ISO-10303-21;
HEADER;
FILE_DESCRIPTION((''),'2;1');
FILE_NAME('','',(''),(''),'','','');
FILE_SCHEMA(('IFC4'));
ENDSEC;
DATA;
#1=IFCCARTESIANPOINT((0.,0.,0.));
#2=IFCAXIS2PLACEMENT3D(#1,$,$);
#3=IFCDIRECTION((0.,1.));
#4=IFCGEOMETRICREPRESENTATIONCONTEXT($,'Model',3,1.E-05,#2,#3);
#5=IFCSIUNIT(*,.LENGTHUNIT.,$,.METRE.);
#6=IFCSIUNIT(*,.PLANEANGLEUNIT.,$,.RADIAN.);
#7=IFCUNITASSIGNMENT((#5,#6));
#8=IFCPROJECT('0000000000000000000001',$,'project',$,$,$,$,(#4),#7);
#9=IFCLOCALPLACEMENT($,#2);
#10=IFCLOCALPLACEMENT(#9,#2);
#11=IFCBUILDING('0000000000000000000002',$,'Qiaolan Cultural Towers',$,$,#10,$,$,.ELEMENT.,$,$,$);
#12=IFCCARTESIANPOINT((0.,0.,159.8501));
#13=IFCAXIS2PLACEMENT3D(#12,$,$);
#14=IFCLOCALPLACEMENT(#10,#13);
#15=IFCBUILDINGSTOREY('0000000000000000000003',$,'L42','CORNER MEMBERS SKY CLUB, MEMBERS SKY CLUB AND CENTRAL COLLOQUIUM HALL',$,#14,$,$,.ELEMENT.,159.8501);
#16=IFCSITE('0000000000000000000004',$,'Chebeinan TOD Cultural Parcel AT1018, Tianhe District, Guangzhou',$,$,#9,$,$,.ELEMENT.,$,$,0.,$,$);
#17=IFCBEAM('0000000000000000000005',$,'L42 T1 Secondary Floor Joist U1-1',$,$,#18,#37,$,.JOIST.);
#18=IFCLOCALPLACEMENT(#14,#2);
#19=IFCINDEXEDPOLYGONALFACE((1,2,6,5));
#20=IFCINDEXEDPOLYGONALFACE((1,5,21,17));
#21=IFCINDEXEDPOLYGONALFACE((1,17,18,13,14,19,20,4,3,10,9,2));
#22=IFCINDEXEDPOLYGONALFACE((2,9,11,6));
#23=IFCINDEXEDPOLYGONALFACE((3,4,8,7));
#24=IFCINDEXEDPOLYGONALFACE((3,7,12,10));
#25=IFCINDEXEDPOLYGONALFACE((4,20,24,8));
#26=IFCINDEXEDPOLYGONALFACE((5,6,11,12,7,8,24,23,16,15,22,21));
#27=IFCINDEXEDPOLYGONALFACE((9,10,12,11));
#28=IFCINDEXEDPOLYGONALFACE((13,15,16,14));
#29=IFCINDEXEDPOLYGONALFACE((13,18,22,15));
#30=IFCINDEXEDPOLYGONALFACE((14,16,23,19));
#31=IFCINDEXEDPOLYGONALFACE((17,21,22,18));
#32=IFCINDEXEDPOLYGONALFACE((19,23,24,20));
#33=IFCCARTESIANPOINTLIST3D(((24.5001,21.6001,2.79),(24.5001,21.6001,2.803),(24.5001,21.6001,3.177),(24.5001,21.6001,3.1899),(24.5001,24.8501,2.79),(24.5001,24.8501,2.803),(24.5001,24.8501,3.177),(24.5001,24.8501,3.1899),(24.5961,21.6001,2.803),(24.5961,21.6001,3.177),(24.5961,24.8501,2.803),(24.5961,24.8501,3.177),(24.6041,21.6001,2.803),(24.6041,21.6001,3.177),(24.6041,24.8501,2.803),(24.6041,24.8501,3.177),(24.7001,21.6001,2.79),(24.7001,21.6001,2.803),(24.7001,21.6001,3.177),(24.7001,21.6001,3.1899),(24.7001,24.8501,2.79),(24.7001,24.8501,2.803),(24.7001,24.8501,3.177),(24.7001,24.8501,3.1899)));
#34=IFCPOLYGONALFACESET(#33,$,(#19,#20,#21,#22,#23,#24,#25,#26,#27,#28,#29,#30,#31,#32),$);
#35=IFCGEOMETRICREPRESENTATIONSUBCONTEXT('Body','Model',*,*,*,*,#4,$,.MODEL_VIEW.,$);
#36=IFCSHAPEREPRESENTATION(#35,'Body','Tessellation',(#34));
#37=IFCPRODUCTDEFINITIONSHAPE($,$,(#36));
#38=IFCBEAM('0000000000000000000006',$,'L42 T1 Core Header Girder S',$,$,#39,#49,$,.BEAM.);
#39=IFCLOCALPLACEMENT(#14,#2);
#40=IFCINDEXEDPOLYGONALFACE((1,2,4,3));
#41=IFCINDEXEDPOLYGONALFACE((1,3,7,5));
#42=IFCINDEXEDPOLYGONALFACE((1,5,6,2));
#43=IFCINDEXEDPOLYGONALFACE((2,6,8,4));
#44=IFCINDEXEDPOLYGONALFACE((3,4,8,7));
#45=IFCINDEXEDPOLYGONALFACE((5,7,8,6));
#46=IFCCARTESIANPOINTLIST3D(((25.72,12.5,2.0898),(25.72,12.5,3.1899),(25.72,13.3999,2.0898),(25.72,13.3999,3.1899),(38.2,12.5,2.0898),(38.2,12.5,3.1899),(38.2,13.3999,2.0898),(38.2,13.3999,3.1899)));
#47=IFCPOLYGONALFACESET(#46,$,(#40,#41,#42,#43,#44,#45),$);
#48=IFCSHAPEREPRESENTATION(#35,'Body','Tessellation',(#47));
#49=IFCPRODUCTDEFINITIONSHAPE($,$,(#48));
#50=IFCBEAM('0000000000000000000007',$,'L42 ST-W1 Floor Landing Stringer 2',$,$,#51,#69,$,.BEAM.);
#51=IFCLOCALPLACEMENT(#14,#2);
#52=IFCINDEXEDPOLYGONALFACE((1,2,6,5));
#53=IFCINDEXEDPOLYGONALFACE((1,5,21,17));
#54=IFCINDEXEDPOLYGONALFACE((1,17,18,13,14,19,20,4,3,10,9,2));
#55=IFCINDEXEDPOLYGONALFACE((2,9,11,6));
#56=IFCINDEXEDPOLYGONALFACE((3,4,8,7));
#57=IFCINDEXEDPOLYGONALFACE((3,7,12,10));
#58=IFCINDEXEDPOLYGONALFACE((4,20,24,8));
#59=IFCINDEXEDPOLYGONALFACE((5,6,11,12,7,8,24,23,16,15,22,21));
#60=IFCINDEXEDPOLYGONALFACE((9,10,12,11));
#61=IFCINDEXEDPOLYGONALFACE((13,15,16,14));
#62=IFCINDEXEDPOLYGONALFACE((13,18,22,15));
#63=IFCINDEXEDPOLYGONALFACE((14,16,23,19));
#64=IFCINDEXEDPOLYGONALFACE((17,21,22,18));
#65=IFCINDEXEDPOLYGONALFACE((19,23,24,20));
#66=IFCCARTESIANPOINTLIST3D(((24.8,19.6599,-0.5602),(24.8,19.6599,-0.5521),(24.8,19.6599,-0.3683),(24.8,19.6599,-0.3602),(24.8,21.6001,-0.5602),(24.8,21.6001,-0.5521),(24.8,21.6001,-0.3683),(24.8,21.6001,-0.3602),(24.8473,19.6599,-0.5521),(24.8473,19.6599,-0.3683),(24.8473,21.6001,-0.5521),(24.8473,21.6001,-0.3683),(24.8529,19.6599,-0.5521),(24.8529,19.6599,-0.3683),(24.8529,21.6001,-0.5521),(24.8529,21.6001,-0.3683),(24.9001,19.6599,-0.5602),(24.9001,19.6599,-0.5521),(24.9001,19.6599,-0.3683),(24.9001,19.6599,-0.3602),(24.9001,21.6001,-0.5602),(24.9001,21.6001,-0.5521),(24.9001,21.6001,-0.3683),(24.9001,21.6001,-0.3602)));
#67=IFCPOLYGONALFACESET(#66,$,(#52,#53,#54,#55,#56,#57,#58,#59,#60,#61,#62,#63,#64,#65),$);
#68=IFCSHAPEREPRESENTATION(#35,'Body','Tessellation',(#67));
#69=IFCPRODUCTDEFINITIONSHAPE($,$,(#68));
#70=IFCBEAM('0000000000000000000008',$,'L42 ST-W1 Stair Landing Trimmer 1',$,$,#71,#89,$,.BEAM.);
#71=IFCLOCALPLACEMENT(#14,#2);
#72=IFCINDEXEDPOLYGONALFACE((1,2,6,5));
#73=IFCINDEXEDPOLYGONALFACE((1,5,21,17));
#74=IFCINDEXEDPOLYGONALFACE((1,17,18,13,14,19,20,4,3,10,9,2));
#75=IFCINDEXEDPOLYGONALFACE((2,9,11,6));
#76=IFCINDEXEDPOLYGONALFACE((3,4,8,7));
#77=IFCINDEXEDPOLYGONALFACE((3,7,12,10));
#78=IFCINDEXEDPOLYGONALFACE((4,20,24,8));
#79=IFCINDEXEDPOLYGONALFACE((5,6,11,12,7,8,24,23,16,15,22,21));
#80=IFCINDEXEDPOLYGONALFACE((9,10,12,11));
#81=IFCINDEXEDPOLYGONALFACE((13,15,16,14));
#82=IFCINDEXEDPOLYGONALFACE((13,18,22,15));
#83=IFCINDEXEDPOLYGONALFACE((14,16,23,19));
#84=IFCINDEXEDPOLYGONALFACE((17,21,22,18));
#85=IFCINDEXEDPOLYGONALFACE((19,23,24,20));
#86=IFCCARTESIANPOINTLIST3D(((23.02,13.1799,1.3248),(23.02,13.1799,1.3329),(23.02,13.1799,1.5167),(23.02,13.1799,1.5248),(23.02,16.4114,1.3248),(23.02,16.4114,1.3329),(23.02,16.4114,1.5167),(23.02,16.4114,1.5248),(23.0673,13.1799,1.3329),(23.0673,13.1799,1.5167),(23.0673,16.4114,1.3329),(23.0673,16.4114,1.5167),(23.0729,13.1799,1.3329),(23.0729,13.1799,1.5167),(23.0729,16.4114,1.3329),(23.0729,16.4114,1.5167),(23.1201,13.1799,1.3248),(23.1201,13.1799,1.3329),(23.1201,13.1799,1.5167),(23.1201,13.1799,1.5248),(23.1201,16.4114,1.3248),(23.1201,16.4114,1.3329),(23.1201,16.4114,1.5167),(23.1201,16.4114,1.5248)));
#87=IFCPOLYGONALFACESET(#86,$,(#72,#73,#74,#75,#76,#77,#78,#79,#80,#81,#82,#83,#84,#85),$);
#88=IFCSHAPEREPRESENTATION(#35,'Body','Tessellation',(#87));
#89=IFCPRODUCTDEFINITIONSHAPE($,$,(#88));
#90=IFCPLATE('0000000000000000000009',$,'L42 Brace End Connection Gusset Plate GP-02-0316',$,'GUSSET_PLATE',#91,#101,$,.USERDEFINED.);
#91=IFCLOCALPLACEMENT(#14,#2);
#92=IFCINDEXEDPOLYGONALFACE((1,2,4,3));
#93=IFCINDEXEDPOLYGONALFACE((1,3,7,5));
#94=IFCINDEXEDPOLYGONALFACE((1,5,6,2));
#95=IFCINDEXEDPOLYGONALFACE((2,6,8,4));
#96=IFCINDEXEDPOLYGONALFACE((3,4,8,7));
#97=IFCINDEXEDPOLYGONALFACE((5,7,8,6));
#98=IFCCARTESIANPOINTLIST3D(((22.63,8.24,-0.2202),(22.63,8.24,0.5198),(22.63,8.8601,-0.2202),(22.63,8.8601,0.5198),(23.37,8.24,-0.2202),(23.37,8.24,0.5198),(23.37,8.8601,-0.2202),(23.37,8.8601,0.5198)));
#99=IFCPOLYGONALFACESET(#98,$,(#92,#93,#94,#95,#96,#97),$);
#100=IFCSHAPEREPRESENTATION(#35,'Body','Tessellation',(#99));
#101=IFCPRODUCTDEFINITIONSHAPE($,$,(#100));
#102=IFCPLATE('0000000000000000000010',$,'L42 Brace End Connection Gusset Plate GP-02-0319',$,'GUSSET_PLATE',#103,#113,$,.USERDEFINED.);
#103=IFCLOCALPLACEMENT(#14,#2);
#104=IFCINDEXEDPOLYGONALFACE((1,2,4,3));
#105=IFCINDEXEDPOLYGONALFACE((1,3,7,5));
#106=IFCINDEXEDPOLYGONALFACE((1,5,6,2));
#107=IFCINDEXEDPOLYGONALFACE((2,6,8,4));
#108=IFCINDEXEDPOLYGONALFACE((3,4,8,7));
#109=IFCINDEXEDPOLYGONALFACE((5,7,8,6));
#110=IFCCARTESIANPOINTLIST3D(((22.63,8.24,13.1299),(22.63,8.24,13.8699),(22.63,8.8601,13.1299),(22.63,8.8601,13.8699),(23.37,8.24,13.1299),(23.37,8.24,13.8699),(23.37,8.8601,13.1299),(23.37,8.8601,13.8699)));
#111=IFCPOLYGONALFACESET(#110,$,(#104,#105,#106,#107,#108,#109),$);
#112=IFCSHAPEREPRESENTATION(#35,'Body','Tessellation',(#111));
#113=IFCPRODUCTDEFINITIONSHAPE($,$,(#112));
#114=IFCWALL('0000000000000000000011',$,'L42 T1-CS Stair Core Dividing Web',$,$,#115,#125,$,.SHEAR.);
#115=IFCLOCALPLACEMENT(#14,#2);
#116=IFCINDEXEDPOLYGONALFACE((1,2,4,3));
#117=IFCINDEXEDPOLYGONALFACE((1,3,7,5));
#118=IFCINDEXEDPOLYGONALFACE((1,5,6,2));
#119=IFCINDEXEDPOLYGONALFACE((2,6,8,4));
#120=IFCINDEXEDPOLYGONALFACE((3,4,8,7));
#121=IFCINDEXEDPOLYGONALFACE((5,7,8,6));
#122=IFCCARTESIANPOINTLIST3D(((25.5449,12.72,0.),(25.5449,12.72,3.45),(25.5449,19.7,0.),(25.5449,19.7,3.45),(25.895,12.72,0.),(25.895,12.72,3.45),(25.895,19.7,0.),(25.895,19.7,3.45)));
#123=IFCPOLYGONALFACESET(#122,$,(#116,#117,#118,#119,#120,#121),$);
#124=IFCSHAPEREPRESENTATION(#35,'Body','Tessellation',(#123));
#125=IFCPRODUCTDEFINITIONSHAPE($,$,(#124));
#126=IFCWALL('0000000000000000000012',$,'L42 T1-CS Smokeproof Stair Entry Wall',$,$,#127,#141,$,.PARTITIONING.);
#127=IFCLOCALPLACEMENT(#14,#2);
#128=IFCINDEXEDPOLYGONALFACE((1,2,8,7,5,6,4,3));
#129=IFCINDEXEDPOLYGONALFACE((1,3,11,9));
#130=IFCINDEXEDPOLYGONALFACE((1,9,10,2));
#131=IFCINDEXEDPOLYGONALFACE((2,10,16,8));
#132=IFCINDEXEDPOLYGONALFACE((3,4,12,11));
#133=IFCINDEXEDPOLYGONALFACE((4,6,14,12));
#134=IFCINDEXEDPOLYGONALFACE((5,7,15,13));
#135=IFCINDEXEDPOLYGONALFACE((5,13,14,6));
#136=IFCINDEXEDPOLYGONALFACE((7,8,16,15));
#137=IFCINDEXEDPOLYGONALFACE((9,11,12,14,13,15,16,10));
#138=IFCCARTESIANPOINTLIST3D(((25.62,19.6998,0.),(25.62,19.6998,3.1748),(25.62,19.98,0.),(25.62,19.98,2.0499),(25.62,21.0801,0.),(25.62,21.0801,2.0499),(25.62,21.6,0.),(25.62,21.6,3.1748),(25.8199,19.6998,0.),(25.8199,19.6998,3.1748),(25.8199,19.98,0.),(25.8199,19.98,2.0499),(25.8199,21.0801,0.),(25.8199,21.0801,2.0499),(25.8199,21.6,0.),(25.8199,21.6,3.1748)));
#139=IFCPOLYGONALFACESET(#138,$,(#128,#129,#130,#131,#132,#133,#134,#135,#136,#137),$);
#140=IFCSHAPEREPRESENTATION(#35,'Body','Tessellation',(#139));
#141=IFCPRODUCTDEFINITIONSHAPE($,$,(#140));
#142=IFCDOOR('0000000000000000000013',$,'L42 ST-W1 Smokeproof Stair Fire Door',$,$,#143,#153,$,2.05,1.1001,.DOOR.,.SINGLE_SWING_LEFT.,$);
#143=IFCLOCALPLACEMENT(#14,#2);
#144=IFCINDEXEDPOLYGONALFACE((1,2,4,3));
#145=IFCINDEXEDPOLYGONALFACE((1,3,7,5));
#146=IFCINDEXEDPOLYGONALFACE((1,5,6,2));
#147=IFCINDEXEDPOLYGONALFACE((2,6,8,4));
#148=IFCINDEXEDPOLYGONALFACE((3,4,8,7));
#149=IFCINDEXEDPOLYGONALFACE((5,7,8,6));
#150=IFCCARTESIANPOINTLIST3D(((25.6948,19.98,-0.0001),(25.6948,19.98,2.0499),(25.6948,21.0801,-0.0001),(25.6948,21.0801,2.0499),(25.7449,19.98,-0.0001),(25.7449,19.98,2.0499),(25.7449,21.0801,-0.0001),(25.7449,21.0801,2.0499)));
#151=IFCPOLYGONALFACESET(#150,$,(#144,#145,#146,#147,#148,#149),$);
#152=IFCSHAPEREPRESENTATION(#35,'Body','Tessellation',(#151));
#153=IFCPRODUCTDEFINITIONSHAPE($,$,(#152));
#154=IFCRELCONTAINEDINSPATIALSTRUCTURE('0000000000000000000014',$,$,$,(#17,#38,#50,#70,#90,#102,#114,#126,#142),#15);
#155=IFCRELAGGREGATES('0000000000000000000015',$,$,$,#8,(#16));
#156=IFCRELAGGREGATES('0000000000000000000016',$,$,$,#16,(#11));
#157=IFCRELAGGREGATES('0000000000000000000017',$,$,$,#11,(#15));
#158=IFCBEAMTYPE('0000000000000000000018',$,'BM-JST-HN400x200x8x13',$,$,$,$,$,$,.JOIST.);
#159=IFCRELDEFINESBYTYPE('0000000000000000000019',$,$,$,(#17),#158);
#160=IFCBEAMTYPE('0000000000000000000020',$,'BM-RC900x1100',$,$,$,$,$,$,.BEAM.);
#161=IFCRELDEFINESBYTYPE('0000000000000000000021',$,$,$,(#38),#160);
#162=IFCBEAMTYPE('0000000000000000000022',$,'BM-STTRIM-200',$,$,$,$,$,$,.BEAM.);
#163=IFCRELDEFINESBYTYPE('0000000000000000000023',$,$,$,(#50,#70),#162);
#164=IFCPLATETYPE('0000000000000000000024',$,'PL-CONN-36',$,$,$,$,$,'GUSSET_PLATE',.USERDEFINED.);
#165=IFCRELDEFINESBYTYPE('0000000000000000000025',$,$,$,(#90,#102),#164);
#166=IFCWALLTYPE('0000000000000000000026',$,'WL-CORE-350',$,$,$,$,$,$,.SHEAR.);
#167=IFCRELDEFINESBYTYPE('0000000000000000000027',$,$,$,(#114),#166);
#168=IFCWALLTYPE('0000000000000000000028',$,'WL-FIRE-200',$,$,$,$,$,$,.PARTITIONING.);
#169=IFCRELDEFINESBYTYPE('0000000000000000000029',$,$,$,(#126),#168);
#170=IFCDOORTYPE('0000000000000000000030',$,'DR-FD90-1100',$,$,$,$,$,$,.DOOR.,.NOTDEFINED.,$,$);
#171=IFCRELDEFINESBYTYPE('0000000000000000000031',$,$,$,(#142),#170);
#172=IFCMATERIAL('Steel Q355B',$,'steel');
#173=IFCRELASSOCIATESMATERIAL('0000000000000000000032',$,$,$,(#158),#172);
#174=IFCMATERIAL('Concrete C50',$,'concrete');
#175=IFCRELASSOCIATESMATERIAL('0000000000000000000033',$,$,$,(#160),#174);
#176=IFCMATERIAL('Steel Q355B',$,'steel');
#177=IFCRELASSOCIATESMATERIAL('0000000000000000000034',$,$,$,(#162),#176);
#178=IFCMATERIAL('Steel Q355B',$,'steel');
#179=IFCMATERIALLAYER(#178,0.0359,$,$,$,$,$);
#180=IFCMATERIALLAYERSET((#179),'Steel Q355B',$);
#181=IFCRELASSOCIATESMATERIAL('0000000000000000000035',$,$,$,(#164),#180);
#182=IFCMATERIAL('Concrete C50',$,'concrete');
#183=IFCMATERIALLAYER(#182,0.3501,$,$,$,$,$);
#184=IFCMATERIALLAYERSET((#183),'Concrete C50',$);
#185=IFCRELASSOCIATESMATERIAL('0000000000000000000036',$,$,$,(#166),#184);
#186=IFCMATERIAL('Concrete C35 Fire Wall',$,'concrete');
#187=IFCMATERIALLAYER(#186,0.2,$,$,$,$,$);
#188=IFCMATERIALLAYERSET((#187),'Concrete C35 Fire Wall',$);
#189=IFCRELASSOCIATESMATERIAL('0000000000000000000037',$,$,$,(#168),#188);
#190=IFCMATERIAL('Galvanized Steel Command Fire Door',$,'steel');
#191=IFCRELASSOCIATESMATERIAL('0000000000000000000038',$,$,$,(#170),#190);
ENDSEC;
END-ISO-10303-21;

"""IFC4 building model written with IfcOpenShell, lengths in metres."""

from ifc_helpers import new_model, si_unit, direction, frame, frame_2d, origin, origin_2d, place, context, subcontext, project, spatial, rectangle, i_section, extrude, material, layer, layer_set, material_profile, profile_set, type_object, element, fill, save


model = new_model("IFC4")

# Units and contexts
model_context = context("Model", 3, precision=1e-05, world=origin(), true_north=direction((0.0, 1.0)))
body_context = subcontext(model_context, "Body", "Model", "MODEL_VIEW")
ifc_project = project(units=[si_unit("LENGTHUNIT", "METRE"), si_unit("PLANEANGLEUNIT", "RADIAN")], contexts=[model_context])

# Site, building, storey
site_placement = place(None, origin())
site = spatial("IfcSite", under=ifc_project, at=site_placement, Name="Chebeinan TOD Cultural Parcel AT1018, Tianhe District, Guangzhou", CompositionType="ELEMENT", RefElevation=0.0)
building_placement = place(site_placement, origin())
building = spatial("IfcBuilding", under=site, at=building_placement, Name="Qiaolan Cultural Towers", CompositionType="ELEMENT")
storey_placement = place(building_placement, frame((0.0, 0.0, 159.8501)))
storey = spatial("IfcBuildingStorey", under=building, at=storey_placement, Name="L42", Description="CORNER MEMBERS SKY CLUB, MEMBERS SKY CLUB AND CENTRAL COLLOQUIUM HALL", CompositionType="ELEMENT", Elevation=159.8501)

# Beams
ifc_material_1 = material(Name="Steel Q355B", Category="steel")
ifc_material_profile_1 = material_profile(ifc_material_1, i_section(OverallWidth=0.2, OverallDepth=0.3999, WebThickness=0.0081, FlangeThickness=0.0129, at=origin_2d()), Name="HN400x200x8x13")
ifc_profile_set_1 = profile_set([ifc_material_profile_1], Name="Steel Q355B")
beam_type_1 = type_object("IfcBeamType", Name="BM-JST-HN400x200x8x13", PredefinedType="JOIST", material=ifc_profile_set_1)
beam_1_placement = place(storey_placement, frame((24.6001, 21.6001, 2.99), z_axis=(0.0, 1.0, 0.0), x_axis=(-1.0, 0.0, 0.0)))
element("IfcBeam", 1, at=beam_1_placement, inside=storey, type_object=beam_type_1, Name="L42 T1 Secondary Floor Joist U1-1", PredefinedType="JOIST", context=body_context, shape_type="SweptSolid", body=[
    extrude(i_section(OverallWidth=0.2, OverallDepth=0.3999, WebThickness=0.0081, FlangeThickness=0.0129, at=origin_2d()), origin(), (0.0, 0.0, 1.0), 3.25),
])
ifc_material_2 = material(Name="Concrete C50", Category="concrete")
ifc_material_profile_2 = material_profile(ifc_material_2, rectangle(XDim=0.8999, YDim=1.1001, at=origin_2d()), Name="RC900x1100")
ifc_profile_set_2 = profile_set([ifc_material_profile_2], Name="Concrete C50")
beam_type_2 = type_object("IfcBeamType", Name="BM-RC900x1100", PredefinedType="BEAM", material=ifc_profile_set_2)
beam_2_placement = place(storey_placement, frame((25.72, 12.95, 2.6399), z_axis=(1.0, 0.0, 0.0), x_axis=(0.0, 1.0, 0.0)))
element("IfcBeam", 2, at=beam_2_placement, inside=storey, type_object=beam_type_2, Name="L42 T1 Core Header Girder S", PredefinedType="BEAM", context=body_context, shape_type="SweptSolid", body=[
    extrude(rectangle(XDim=0.8999, YDim=1.1001, at=origin_2d()), origin(), (0.0, 0.0, 1.0), 12.48),
])
ifc_material_3 = material(Name="Steel Q355B", Category="steel")
ifc_material_profile_3 = material_profile(ifc_material_3, i_section(OverallWidth=0.1001, OverallDepth=0.2, WebThickness=0.0056, FlangeThickness=0.0081, at=origin_2d()), Name="HN200x100x5.5x8")
ifc_profile_set_3 = profile_set([ifc_material_profile_3], Name="Steel Q355B")
beam_type_3 = type_object("IfcBeamType", Name="BM-STTRIM-200", PredefinedType="BEAM", material=ifc_profile_set_3)
beam_3_placement = place(storey_placement, frame((24.8501, 21.6001, -0.4602), z_axis=(0.0, -1.0, 0.0), x_axis=(1.0, 0.0, 0.0)))
element("IfcBeam", 3, at=beam_3_placement, inside=storey, type_object=beam_type_3, Name="L42 ST-W1 Floor Landing Stringer 2", PredefinedType="BEAM", context=body_context, shape_type="SweptSolid", body=[
    extrude(i_section(OverallWidth=0.1001, OverallDepth=0.2, WebThickness=0.0056, FlangeThickness=0.0081, at=origin_2d()), origin(), (0.0, 0.0, 1.0), 1.9402),
])
beam_4_placement = place(storey_placement, frame((23.0701, 16.4114, 1.4248), z_axis=(0.0, -1.0, 0.0), x_axis=(1.0, 0.0, 0.0)))
element("IfcBeam", 4, at=beam_4_placement, inside=storey, type_object=beam_type_3, Name="L42 ST-W1 Stair Landing Trimmer 1", PredefinedType="BEAM", context=body_context, shape_type="SweptSolid", body=[
    extrude(i_section(OverallWidth=0.1001, OverallDepth=0.2, WebThickness=0.0056, FlangeThickness=0.0081, at=origin_2d()), origin(), (0.0, 0.0, 1.0), 3.2314),
])

# Plates
ifc_material_4 = material(Name="Steel Q355B", Category="steel")
ifc_layer_1 = layer(ifc_material_4, 0.0359)
ifc_layer_set_1 = layer_set([ifc_layer_1], Name="Steel Q355B")
plate_type = type_object("IfcPlateType", Name="PL-CONN-36", ElementType="GUSSET_PLATE", PredefinedType="USERDEFINED", material=ifc_layer_set_1)
for number, where, z_axis, x_axis, name in (
    (5, (23.0, 8.55, -0.2202), (0.0, 0.0, 1.0), (1.0, 0.0, 0.0), "L42 Brace End Connection Gusset Plate GP-02-0316"),
    (6, (23.0, 8.55, 13.1299), (0.0, 0.0, 1.0), (1.0, 0.0, 0.0), "L42 Brace End Connection Gusset Plate GP-02-0319"),
):
    element("IfcPlate", number, at=place(storey_placement, frame(where, z_axis=z_axis, x_axis=x_axis)), inside=storey, type_object=plate_type, Name=name, ObjectType="GUSSET_PLATE", PredefinedType="USERDEFINED", context=body_context, shape_type="SweptSolid", body=[
        extrude(rectangle(XDim=0.74, YDim=0.6201, at=origin_2d()), origin(), (0.0, 0.0, 1.0), 0.74),
    ])

# Wall
ifc_material_5 = material(Name="Concrete C50", Category="concrete")
ifc_layer_2 = layer(ifc_material_5, 0.3501)
ifc_layer_set_2 = layer_set([ifc_layer_2], Name="Concrete C50")
wall_type_1 = type_object("IfcWallType", Name="WL-CORE-350", PredefinedType="SHEAR", material=ifc_layer_set_2)
wall_1_placement = place(storey_placement, frame((25.72, 19.7, 0.0), z_axis=(0.0, 0.0, 1.0), x_axis=(0.0, -1.0, 0.0)))
element("IfcWall", 7, at=wall_1_placement, inside=storey, type_object=wall_type_1, Name="L42 T1-CS Stair Core Dividing Web", PredefinedType="SHEAR", context=body_context, shape_type="SweptSolid", body=[
    extrude(rectangle(XDim=6.98, YDim=0.3501, at=frame_2d((3.49, 0.0))), origin(), (0.0, 0.0, 1.0), 3.45),
])

# Wall, opening, door
ifc_material_6 = material(Name="Concrete C35 Fire Wall", Category="concrete")
ifc_layer_3 = layer(ifc_material_6, 0.2)
ifc_layer_set_3 = layer_set([ifc_layer_3], Name="Concrete C35 Fire Wall")
wall_type_2 = type_object("IfcWallType", Name="WL-FIRE-200", PredefinedType="PARTITIONING", material=ifc_layer_set_3)
wall_2_placement = place(storey_placement, frame((25.72, 21.6001, 0.0), z_axis=(0.0, 0.0, 1.0), x_axis=(0.0, -1.0, 0.0)))
wall_2 = element("IfcWall", 8, at=wall_2_placement, inside=storey, type_object=wall_type_2, Name="L42 T1-CS Smokeproof Stair Entry Wall", PredefinedType="PARTITIONING", context=body_context, shape_type="SweptSolid", body=[
    extrude(rectangle(XDim=1.9001, YDim=0.2, at=frame_2d((0.9502, 0.0))), origin(), (0.0, 0.0, 1.0), 3.1748),
])
opening_1_placement = place(wall_2_placement, frame((0.52, 0.0, 0.0)))
opening_1 = element("IfcOpeningElement", 9, at=opening_1_placement, cuts=wall_2, PredefinedType="OPENING", context=body_context, shape_type="SweptSolid", body=[
    extrude(rectangle(XDim=1.1001, YDim=2.05, at=frame_2d((0.55, 1.0249))), frame((0.0, 0.1099, 0.0), z_axis=(0.0, -1.0, 0.0), x_axis=(1.0, 0.0, 0.0)), (0.0, 0.0, 1.0), 0.22),
])
ifc_material_7 = material(Name="Galvanized Steel Command Fire Door", Category="steel")
door_type_1 = type_object("IfcDoorType", Name="DR-FD90-1100", OperationType="NOTDEFINED", PredefinedType="DOOR", material=ifc_material_7)
door_1_placement = place(opening_1_placement, origin())
door_1 = element("IfcDoor", 10, at=door_1_placement, inside=storey, type_object=door_type_1, Name="L42 ST-W1 Smokeproof Stair Fire Door", OperationType="SINGLE_SWING_LEFT", OverallHeight=2.05, OverallWidth=1.1001, PredefinedType="DOOR", context=body_context, shape_type="SweptSolid", body=[
    extrude(rectangle(XDim=1.1001, YDim=2.05, at=frame_2d((0.55, 1.0249))), frame((0.0, 0.0249, 0.0), z_axis=(0.0, -1.0, 0.0), x_axis=(1.0, 0.0, 0.0)), (0.0, 0.0, 1.0), 0.05),
])
fill(opening_1, door_1)

save(model, "model.ifc")
